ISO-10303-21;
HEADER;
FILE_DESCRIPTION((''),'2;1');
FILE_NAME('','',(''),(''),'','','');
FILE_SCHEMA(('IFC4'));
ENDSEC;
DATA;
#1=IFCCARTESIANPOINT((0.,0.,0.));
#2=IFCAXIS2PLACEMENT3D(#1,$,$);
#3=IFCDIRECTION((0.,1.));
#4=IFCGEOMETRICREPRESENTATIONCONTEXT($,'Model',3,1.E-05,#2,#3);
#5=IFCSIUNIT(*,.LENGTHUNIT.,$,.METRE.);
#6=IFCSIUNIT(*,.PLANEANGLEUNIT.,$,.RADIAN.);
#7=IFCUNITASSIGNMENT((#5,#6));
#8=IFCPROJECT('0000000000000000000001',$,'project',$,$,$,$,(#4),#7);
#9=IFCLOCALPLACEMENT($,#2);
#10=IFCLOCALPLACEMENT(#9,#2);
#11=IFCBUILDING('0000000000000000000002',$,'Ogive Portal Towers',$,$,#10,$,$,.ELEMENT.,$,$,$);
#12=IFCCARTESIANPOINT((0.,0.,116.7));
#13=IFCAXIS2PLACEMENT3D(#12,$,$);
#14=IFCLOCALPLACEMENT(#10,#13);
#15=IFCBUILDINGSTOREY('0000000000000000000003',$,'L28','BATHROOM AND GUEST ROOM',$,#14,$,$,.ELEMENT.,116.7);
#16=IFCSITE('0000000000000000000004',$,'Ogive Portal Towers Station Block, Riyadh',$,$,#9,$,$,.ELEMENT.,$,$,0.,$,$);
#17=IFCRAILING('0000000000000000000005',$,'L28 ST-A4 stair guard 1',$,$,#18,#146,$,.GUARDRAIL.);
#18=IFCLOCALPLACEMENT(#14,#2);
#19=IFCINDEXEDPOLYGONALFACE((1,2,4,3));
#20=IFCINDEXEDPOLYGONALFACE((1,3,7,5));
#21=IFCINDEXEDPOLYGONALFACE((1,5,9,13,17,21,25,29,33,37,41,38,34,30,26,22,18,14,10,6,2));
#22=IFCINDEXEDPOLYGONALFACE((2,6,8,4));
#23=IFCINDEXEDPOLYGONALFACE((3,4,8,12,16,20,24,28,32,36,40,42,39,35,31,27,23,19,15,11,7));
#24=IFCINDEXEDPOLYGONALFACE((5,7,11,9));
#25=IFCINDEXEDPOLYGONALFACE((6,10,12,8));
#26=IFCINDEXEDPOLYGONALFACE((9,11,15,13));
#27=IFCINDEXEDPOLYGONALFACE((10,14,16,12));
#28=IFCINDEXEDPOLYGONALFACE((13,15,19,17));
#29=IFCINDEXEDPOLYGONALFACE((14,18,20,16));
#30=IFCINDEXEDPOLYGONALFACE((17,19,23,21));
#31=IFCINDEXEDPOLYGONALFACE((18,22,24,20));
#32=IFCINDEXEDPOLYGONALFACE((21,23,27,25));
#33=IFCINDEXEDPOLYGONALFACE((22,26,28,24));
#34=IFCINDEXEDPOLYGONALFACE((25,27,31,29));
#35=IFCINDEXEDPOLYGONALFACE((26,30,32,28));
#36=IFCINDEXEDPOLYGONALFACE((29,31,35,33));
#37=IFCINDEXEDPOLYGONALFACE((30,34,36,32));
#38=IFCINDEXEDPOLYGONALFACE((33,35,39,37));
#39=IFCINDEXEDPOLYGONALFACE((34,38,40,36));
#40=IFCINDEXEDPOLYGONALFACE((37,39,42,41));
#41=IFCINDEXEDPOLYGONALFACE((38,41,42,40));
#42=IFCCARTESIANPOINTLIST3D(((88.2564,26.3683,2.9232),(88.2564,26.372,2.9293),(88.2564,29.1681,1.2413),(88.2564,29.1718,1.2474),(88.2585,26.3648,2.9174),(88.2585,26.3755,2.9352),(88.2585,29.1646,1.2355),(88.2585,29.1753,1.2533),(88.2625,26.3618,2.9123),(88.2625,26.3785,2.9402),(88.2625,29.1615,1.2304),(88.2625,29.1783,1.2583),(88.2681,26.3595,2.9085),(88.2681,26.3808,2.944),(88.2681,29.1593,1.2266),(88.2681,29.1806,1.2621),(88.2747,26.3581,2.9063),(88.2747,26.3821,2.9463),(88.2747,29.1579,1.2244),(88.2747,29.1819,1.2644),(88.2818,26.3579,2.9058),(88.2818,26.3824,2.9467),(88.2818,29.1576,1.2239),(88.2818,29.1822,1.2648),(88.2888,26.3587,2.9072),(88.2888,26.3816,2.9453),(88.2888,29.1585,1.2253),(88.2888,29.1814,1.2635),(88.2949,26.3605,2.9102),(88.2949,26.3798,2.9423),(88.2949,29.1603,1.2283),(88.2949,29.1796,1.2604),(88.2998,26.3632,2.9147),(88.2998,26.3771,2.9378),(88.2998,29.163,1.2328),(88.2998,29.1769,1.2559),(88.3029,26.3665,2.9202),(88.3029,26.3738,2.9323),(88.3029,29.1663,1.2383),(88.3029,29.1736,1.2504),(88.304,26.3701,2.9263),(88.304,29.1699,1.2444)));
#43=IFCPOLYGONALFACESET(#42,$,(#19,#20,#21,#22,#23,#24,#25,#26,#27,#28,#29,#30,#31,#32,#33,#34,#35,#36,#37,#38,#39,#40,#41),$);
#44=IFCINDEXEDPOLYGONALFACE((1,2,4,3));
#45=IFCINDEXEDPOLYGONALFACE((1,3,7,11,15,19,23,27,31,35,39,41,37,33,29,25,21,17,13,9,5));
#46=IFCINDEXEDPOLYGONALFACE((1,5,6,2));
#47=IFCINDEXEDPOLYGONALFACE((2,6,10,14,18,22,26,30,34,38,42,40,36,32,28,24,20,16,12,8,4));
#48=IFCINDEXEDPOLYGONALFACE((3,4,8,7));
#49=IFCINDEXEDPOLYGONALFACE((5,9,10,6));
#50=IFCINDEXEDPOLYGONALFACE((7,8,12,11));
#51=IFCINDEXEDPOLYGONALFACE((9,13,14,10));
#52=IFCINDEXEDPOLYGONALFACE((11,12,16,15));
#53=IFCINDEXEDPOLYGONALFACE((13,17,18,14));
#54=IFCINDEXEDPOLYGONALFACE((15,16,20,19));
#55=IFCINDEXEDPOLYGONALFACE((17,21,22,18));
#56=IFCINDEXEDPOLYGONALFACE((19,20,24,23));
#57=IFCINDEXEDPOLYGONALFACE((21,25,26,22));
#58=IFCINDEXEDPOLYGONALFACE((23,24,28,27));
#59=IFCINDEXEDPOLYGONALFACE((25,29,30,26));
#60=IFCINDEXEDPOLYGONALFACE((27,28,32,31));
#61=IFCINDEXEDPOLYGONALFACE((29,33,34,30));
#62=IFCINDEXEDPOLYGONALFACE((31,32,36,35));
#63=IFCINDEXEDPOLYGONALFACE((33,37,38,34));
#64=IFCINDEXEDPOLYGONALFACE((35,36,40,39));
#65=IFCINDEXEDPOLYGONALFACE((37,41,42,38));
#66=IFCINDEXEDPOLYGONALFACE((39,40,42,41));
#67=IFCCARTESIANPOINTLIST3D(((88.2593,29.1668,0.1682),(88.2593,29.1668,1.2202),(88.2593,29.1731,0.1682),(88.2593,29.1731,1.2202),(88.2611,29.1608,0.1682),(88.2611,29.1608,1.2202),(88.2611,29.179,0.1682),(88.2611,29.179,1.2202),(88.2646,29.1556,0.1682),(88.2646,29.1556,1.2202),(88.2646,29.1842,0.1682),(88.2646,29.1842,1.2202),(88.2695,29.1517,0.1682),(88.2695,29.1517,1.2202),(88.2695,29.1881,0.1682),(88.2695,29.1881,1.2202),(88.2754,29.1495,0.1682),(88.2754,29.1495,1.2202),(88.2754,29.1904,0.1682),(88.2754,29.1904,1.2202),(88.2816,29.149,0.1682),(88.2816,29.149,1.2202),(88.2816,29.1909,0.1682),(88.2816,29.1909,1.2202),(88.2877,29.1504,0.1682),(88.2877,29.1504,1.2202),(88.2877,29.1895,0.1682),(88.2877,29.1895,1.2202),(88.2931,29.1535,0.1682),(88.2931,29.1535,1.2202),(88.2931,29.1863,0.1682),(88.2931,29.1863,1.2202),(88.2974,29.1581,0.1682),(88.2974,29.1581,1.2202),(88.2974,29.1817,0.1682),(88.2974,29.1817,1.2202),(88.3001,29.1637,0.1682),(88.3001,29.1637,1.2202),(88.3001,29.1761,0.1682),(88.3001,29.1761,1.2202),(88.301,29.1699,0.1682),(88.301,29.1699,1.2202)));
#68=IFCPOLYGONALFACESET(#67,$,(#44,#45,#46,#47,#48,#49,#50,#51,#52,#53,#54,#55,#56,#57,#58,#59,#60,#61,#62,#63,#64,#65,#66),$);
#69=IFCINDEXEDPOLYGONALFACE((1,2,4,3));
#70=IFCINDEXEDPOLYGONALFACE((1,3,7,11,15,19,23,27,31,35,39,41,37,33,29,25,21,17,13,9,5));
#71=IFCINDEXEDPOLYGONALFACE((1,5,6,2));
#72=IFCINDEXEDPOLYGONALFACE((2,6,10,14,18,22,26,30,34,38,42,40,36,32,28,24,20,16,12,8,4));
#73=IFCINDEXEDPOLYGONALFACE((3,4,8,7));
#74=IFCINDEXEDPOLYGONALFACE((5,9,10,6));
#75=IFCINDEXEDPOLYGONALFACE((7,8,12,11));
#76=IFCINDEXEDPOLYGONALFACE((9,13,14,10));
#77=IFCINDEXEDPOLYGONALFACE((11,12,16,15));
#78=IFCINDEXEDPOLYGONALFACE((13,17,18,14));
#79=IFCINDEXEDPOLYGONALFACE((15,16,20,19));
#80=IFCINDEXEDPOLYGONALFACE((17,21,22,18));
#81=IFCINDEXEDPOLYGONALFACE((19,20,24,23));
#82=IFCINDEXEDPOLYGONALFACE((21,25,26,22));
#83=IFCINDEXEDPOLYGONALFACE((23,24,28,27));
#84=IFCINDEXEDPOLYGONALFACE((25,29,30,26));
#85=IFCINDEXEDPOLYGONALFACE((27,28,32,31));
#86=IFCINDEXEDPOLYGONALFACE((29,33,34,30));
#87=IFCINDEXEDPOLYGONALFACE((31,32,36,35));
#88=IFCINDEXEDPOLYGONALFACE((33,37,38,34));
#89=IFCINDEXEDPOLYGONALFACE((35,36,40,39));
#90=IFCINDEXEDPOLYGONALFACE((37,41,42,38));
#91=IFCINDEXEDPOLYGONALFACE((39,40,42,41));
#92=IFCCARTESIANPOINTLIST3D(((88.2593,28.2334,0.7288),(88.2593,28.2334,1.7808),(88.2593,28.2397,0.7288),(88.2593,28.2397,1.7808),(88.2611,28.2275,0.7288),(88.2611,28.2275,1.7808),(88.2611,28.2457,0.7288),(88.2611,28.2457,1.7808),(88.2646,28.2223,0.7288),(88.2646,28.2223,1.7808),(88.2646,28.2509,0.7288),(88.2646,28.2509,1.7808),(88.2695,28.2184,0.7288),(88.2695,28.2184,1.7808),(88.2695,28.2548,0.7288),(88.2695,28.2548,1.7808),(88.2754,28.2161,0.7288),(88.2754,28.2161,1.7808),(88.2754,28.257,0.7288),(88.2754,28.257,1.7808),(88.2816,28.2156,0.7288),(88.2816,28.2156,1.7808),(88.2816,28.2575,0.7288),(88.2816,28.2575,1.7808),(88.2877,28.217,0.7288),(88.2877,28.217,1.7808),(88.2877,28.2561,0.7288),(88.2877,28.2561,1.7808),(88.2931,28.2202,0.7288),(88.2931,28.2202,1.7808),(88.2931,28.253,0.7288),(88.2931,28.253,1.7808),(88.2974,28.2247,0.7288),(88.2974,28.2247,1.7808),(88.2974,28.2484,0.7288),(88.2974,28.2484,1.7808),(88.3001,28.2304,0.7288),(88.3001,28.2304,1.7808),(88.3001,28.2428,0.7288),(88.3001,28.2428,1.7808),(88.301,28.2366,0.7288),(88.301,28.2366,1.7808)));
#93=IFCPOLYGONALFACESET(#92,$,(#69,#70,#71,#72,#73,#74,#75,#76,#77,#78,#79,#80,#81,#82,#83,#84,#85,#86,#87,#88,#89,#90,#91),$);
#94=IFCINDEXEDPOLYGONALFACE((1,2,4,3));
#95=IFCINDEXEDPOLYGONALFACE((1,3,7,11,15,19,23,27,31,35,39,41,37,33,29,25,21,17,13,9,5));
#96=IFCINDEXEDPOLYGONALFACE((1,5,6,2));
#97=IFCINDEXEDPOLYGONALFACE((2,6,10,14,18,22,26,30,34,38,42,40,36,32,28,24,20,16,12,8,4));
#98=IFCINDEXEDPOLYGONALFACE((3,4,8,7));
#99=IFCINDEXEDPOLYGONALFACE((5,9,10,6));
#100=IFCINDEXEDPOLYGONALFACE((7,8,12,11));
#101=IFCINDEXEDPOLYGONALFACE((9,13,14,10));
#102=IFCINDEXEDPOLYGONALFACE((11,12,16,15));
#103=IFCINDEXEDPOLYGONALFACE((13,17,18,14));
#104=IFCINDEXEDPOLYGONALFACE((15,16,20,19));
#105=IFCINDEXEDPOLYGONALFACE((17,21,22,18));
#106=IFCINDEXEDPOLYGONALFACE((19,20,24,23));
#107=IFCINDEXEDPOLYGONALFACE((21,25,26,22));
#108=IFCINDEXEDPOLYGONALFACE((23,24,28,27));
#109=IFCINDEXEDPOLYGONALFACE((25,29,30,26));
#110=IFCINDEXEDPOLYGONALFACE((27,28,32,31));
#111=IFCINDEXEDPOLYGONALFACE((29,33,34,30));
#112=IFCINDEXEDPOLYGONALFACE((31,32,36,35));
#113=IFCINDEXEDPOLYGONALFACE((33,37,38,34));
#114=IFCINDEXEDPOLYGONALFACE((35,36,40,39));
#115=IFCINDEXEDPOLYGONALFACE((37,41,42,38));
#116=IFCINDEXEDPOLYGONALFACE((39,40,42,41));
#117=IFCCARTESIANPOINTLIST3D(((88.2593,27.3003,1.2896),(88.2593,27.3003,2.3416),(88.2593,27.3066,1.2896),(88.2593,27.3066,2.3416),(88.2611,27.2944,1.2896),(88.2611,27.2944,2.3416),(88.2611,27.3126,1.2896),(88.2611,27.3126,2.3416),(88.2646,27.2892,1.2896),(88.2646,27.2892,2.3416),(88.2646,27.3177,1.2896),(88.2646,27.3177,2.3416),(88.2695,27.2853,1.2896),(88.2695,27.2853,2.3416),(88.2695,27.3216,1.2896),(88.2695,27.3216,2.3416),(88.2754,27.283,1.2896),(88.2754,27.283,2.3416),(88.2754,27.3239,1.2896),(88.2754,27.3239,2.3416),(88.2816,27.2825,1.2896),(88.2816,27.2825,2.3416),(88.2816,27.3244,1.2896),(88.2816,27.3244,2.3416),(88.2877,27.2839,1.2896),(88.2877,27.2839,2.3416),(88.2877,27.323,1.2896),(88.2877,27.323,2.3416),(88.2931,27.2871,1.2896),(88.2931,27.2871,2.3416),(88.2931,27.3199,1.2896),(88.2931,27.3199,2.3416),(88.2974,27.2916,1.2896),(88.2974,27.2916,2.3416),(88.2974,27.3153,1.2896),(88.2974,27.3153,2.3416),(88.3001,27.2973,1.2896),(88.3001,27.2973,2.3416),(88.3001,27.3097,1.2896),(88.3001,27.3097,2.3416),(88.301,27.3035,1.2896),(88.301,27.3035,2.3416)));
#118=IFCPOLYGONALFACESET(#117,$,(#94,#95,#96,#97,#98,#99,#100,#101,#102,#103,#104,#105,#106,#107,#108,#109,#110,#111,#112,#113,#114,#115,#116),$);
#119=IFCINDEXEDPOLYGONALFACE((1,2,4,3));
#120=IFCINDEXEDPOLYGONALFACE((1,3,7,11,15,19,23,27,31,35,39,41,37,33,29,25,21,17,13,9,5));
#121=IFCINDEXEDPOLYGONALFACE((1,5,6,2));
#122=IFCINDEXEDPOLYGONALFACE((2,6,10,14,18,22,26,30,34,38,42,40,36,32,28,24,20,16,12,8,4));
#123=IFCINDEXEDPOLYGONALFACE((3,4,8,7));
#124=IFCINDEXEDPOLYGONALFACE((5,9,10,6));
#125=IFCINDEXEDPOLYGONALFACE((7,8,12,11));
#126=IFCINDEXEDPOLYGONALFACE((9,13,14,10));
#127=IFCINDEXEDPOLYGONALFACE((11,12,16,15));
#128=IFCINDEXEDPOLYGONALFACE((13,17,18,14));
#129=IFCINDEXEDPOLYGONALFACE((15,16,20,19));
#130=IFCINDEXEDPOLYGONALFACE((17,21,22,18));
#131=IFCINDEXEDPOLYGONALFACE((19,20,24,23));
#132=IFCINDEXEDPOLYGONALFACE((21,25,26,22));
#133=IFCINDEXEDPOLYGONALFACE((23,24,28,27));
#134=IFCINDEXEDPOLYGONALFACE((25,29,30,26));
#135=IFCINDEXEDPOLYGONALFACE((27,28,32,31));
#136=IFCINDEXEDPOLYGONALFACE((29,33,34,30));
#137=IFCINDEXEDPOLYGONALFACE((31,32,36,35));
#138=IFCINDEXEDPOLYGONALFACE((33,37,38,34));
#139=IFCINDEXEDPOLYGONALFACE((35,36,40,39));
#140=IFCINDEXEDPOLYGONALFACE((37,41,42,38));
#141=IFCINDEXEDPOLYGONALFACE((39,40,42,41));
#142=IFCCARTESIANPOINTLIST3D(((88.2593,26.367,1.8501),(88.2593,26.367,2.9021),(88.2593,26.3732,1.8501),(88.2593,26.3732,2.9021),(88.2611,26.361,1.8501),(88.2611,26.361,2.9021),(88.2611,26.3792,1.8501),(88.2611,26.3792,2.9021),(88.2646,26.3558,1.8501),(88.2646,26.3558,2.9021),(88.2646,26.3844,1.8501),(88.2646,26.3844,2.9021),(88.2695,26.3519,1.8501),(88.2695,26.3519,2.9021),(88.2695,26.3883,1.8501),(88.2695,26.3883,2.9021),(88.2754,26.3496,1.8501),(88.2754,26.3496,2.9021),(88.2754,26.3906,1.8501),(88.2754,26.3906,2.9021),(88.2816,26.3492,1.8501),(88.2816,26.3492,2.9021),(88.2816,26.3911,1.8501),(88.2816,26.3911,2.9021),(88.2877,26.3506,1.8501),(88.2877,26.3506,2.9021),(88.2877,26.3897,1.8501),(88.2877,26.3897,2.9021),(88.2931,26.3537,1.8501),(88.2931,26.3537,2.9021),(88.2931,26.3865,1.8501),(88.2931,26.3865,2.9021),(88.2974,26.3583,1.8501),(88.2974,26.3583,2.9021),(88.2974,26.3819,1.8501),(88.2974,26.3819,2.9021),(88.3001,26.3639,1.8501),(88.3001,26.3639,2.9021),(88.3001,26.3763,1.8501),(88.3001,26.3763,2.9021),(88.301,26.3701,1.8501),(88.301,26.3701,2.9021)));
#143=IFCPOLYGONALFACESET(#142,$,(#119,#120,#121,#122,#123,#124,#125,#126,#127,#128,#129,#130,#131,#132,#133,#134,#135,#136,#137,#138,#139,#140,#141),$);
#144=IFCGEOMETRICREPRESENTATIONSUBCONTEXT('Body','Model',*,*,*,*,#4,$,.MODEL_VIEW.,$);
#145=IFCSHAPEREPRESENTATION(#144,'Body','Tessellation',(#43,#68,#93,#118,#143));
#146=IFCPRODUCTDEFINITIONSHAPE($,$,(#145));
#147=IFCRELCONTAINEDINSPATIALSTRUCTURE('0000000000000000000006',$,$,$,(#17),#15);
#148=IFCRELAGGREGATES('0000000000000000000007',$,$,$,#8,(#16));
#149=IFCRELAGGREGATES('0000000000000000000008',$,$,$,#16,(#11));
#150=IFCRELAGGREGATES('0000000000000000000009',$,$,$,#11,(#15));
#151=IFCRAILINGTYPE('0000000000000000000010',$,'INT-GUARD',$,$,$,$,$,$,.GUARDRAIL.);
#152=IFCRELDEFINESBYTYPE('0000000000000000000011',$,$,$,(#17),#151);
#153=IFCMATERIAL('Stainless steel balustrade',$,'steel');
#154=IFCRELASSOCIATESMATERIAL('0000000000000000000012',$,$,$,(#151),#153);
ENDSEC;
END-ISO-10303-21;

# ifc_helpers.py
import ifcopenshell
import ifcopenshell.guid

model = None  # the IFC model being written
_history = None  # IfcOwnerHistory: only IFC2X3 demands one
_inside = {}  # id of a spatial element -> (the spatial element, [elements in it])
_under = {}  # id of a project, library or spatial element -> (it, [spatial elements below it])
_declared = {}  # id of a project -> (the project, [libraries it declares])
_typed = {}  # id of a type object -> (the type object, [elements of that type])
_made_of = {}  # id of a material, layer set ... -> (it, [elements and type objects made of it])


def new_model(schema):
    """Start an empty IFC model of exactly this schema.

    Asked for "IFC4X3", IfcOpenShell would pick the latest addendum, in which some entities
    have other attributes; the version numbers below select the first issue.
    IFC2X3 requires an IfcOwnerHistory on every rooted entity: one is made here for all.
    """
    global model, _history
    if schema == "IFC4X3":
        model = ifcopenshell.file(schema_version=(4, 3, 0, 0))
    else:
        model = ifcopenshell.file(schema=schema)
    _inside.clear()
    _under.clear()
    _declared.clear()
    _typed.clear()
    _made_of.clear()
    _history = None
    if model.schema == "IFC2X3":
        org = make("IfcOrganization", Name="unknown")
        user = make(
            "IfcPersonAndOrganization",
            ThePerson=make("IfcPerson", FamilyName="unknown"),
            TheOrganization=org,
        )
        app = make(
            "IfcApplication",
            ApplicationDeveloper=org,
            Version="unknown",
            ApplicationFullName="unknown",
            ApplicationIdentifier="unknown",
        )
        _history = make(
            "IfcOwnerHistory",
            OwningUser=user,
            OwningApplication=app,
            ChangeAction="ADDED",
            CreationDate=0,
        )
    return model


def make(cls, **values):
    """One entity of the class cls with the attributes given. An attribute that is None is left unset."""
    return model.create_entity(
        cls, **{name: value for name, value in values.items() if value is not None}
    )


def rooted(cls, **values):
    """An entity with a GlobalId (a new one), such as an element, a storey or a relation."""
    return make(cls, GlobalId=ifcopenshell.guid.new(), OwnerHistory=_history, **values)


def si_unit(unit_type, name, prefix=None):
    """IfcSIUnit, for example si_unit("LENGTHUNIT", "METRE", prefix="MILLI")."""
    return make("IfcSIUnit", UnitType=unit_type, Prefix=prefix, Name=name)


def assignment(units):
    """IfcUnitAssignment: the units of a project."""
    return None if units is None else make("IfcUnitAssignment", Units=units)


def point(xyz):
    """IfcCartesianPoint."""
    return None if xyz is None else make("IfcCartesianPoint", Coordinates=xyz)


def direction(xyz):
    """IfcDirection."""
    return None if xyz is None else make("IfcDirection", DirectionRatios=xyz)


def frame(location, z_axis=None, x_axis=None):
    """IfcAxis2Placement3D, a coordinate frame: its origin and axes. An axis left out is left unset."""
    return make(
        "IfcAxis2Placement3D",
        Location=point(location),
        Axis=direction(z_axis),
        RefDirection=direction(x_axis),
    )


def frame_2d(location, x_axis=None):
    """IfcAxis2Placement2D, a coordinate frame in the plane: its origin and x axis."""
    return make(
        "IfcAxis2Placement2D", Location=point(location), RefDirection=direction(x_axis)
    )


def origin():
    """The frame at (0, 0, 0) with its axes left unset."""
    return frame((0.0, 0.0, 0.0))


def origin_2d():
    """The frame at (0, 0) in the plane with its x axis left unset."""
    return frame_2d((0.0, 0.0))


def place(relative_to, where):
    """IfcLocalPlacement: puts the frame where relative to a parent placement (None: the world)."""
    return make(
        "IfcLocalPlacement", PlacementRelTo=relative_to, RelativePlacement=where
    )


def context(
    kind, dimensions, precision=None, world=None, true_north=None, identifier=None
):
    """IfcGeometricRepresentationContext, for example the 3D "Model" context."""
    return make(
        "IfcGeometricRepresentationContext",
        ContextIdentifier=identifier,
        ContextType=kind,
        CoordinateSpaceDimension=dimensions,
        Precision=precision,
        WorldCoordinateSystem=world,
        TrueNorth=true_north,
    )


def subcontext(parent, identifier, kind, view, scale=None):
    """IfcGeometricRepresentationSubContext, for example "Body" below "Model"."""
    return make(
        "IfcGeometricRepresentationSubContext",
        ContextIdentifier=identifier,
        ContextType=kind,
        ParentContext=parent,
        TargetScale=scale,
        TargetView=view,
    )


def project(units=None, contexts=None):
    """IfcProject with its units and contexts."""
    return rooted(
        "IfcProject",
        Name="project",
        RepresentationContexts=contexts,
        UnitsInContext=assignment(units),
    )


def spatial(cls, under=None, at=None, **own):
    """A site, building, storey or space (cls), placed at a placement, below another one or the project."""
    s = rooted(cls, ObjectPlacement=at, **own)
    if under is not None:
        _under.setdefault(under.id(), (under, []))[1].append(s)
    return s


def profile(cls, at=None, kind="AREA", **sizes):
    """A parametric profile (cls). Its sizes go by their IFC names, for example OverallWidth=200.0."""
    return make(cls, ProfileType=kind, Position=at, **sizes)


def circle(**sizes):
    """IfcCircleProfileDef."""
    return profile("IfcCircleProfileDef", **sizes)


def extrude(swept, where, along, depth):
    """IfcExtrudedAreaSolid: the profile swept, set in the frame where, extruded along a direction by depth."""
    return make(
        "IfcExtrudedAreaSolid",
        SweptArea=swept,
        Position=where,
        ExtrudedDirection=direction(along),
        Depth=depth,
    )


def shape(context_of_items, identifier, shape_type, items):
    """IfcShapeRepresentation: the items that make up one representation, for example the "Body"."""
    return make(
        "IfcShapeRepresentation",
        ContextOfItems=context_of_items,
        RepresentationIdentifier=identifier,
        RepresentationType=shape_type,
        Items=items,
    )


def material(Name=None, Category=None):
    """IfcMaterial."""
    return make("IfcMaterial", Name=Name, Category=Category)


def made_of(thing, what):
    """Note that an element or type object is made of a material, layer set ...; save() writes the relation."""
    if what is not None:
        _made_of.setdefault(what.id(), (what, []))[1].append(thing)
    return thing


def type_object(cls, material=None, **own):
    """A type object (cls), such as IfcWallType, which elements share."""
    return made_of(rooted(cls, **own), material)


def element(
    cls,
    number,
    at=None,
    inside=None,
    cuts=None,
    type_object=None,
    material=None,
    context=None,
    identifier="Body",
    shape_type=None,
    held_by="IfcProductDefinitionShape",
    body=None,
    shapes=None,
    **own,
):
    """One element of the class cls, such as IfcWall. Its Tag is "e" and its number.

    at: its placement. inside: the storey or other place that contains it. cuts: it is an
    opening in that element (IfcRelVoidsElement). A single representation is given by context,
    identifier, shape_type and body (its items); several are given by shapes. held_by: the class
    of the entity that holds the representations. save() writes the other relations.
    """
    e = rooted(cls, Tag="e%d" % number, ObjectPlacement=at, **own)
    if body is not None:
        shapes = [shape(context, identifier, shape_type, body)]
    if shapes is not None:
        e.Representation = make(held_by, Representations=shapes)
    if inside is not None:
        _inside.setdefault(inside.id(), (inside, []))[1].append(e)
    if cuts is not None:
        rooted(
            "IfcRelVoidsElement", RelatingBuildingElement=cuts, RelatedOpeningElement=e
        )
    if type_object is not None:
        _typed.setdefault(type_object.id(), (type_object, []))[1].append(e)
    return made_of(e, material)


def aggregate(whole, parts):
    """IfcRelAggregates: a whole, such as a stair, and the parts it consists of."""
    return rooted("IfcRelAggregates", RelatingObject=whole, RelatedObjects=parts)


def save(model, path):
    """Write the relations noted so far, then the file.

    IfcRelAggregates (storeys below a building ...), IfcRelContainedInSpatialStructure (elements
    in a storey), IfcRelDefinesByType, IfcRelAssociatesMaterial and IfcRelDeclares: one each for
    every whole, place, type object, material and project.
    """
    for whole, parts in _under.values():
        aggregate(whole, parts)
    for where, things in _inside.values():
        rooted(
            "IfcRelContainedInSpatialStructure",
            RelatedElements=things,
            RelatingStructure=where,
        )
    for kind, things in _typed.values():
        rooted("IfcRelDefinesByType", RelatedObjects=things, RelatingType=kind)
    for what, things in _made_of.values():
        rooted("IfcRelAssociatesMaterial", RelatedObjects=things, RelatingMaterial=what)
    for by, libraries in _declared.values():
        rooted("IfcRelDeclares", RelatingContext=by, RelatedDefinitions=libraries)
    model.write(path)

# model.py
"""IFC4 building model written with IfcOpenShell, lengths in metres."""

from ifc_helpers import new_model, si_unit, direction, frame, origin, origin_2d, place, context, subcontext, project, spatial, circle, extrude, material, type_object, element, save


model = new_model("IFC4")

# Units and contexts
model_context = context("Model", 3, precision=1e-05, world=origin(), true_north=direction((0.0, 1.0)))
body_context = subcontext(model_context, "Body", "Model", "MODEL_VIEW")
ifc_project = project(units=[si_unit("LENGTHUNIT", "METRE"), si_unit("PLANEANGLEUNIT", "RADIAN")], contexts=[model_context])

# Site, building, storey
site_placement = place(None, origin())
site = spatial("IfcSite", under=ifc_project, at=site_placement, Name="Ogive Portal Towers Station Block, Riyadh", CompositionType="ELEMENT", RefElevation=0.0)
building_placement = place(site_placement, origin())
building = spatial("IfcBuilding", under=site, at=building_placement, Name="Ogive Portal Towers", CompositionType="ELEMENT")
storey_placement = place(building_placement, frame((0.0, 0.0, 116.7)))
storey = spatial("IfcBuildingStorey", under=building, at=storey_placement, Name="L28", Description="BATHROOM AND GUEST ROOM", CompositionType="ELEMENT", Elevation=116.7)

# Railing
ifc_material_1 = material(Name="Stainless steel balustrade", Category="steel")
railing_type_1 = type_object("IfcRailingType", Name="INT-GUARD", PredefinedType="GUARDRAIL", material=ifc_material_1)
railing_1_placement = place(storey_placement, frame((88.28, 29.1699, 0.1682)))
element("IfcRailing", 1, at=railing_1_placement, inside=storey, type_object=railing_type_1, Name="L28 ST-A4 stair guard 1", PredefinedType="GUARDRAIL", context=body_context, shape_type="SweptSolid", body=[
    extrude(circle(Radius=0.0239, at=origin_2d()), frame((0.0, 0.0, 1.0762), z_axis=(0.0, -0.857222, 0.514946), x_axis=(1.0, 0.0, 0.0)), (0.0, 0.0, 1.0), 3.2661),
    extrude(circle(Radius=0.021, at=origin_2d()), origin(), (0.0, 0.0, 1.0), 1.052),
    extrude(circle(Radius=0.021, at=origin_2d()), frame((0.0, -0.9333, 0.5605)), (0.0, 0.0, 1.0), 1.052),
    extrude(circle(Radius=0.021, at=origin_2d()), frame((0.0, -1.8665, 1.1213)), (0.0, 0.0, 1.0), 1.052),
    extrude(circle(Radius=0.021, at=origin_2d()), frame((0.0, -2.7998, 1.6819)), (0.0, 0.0, 1.0), 1.052),
])

save(model, "model.ifc")
